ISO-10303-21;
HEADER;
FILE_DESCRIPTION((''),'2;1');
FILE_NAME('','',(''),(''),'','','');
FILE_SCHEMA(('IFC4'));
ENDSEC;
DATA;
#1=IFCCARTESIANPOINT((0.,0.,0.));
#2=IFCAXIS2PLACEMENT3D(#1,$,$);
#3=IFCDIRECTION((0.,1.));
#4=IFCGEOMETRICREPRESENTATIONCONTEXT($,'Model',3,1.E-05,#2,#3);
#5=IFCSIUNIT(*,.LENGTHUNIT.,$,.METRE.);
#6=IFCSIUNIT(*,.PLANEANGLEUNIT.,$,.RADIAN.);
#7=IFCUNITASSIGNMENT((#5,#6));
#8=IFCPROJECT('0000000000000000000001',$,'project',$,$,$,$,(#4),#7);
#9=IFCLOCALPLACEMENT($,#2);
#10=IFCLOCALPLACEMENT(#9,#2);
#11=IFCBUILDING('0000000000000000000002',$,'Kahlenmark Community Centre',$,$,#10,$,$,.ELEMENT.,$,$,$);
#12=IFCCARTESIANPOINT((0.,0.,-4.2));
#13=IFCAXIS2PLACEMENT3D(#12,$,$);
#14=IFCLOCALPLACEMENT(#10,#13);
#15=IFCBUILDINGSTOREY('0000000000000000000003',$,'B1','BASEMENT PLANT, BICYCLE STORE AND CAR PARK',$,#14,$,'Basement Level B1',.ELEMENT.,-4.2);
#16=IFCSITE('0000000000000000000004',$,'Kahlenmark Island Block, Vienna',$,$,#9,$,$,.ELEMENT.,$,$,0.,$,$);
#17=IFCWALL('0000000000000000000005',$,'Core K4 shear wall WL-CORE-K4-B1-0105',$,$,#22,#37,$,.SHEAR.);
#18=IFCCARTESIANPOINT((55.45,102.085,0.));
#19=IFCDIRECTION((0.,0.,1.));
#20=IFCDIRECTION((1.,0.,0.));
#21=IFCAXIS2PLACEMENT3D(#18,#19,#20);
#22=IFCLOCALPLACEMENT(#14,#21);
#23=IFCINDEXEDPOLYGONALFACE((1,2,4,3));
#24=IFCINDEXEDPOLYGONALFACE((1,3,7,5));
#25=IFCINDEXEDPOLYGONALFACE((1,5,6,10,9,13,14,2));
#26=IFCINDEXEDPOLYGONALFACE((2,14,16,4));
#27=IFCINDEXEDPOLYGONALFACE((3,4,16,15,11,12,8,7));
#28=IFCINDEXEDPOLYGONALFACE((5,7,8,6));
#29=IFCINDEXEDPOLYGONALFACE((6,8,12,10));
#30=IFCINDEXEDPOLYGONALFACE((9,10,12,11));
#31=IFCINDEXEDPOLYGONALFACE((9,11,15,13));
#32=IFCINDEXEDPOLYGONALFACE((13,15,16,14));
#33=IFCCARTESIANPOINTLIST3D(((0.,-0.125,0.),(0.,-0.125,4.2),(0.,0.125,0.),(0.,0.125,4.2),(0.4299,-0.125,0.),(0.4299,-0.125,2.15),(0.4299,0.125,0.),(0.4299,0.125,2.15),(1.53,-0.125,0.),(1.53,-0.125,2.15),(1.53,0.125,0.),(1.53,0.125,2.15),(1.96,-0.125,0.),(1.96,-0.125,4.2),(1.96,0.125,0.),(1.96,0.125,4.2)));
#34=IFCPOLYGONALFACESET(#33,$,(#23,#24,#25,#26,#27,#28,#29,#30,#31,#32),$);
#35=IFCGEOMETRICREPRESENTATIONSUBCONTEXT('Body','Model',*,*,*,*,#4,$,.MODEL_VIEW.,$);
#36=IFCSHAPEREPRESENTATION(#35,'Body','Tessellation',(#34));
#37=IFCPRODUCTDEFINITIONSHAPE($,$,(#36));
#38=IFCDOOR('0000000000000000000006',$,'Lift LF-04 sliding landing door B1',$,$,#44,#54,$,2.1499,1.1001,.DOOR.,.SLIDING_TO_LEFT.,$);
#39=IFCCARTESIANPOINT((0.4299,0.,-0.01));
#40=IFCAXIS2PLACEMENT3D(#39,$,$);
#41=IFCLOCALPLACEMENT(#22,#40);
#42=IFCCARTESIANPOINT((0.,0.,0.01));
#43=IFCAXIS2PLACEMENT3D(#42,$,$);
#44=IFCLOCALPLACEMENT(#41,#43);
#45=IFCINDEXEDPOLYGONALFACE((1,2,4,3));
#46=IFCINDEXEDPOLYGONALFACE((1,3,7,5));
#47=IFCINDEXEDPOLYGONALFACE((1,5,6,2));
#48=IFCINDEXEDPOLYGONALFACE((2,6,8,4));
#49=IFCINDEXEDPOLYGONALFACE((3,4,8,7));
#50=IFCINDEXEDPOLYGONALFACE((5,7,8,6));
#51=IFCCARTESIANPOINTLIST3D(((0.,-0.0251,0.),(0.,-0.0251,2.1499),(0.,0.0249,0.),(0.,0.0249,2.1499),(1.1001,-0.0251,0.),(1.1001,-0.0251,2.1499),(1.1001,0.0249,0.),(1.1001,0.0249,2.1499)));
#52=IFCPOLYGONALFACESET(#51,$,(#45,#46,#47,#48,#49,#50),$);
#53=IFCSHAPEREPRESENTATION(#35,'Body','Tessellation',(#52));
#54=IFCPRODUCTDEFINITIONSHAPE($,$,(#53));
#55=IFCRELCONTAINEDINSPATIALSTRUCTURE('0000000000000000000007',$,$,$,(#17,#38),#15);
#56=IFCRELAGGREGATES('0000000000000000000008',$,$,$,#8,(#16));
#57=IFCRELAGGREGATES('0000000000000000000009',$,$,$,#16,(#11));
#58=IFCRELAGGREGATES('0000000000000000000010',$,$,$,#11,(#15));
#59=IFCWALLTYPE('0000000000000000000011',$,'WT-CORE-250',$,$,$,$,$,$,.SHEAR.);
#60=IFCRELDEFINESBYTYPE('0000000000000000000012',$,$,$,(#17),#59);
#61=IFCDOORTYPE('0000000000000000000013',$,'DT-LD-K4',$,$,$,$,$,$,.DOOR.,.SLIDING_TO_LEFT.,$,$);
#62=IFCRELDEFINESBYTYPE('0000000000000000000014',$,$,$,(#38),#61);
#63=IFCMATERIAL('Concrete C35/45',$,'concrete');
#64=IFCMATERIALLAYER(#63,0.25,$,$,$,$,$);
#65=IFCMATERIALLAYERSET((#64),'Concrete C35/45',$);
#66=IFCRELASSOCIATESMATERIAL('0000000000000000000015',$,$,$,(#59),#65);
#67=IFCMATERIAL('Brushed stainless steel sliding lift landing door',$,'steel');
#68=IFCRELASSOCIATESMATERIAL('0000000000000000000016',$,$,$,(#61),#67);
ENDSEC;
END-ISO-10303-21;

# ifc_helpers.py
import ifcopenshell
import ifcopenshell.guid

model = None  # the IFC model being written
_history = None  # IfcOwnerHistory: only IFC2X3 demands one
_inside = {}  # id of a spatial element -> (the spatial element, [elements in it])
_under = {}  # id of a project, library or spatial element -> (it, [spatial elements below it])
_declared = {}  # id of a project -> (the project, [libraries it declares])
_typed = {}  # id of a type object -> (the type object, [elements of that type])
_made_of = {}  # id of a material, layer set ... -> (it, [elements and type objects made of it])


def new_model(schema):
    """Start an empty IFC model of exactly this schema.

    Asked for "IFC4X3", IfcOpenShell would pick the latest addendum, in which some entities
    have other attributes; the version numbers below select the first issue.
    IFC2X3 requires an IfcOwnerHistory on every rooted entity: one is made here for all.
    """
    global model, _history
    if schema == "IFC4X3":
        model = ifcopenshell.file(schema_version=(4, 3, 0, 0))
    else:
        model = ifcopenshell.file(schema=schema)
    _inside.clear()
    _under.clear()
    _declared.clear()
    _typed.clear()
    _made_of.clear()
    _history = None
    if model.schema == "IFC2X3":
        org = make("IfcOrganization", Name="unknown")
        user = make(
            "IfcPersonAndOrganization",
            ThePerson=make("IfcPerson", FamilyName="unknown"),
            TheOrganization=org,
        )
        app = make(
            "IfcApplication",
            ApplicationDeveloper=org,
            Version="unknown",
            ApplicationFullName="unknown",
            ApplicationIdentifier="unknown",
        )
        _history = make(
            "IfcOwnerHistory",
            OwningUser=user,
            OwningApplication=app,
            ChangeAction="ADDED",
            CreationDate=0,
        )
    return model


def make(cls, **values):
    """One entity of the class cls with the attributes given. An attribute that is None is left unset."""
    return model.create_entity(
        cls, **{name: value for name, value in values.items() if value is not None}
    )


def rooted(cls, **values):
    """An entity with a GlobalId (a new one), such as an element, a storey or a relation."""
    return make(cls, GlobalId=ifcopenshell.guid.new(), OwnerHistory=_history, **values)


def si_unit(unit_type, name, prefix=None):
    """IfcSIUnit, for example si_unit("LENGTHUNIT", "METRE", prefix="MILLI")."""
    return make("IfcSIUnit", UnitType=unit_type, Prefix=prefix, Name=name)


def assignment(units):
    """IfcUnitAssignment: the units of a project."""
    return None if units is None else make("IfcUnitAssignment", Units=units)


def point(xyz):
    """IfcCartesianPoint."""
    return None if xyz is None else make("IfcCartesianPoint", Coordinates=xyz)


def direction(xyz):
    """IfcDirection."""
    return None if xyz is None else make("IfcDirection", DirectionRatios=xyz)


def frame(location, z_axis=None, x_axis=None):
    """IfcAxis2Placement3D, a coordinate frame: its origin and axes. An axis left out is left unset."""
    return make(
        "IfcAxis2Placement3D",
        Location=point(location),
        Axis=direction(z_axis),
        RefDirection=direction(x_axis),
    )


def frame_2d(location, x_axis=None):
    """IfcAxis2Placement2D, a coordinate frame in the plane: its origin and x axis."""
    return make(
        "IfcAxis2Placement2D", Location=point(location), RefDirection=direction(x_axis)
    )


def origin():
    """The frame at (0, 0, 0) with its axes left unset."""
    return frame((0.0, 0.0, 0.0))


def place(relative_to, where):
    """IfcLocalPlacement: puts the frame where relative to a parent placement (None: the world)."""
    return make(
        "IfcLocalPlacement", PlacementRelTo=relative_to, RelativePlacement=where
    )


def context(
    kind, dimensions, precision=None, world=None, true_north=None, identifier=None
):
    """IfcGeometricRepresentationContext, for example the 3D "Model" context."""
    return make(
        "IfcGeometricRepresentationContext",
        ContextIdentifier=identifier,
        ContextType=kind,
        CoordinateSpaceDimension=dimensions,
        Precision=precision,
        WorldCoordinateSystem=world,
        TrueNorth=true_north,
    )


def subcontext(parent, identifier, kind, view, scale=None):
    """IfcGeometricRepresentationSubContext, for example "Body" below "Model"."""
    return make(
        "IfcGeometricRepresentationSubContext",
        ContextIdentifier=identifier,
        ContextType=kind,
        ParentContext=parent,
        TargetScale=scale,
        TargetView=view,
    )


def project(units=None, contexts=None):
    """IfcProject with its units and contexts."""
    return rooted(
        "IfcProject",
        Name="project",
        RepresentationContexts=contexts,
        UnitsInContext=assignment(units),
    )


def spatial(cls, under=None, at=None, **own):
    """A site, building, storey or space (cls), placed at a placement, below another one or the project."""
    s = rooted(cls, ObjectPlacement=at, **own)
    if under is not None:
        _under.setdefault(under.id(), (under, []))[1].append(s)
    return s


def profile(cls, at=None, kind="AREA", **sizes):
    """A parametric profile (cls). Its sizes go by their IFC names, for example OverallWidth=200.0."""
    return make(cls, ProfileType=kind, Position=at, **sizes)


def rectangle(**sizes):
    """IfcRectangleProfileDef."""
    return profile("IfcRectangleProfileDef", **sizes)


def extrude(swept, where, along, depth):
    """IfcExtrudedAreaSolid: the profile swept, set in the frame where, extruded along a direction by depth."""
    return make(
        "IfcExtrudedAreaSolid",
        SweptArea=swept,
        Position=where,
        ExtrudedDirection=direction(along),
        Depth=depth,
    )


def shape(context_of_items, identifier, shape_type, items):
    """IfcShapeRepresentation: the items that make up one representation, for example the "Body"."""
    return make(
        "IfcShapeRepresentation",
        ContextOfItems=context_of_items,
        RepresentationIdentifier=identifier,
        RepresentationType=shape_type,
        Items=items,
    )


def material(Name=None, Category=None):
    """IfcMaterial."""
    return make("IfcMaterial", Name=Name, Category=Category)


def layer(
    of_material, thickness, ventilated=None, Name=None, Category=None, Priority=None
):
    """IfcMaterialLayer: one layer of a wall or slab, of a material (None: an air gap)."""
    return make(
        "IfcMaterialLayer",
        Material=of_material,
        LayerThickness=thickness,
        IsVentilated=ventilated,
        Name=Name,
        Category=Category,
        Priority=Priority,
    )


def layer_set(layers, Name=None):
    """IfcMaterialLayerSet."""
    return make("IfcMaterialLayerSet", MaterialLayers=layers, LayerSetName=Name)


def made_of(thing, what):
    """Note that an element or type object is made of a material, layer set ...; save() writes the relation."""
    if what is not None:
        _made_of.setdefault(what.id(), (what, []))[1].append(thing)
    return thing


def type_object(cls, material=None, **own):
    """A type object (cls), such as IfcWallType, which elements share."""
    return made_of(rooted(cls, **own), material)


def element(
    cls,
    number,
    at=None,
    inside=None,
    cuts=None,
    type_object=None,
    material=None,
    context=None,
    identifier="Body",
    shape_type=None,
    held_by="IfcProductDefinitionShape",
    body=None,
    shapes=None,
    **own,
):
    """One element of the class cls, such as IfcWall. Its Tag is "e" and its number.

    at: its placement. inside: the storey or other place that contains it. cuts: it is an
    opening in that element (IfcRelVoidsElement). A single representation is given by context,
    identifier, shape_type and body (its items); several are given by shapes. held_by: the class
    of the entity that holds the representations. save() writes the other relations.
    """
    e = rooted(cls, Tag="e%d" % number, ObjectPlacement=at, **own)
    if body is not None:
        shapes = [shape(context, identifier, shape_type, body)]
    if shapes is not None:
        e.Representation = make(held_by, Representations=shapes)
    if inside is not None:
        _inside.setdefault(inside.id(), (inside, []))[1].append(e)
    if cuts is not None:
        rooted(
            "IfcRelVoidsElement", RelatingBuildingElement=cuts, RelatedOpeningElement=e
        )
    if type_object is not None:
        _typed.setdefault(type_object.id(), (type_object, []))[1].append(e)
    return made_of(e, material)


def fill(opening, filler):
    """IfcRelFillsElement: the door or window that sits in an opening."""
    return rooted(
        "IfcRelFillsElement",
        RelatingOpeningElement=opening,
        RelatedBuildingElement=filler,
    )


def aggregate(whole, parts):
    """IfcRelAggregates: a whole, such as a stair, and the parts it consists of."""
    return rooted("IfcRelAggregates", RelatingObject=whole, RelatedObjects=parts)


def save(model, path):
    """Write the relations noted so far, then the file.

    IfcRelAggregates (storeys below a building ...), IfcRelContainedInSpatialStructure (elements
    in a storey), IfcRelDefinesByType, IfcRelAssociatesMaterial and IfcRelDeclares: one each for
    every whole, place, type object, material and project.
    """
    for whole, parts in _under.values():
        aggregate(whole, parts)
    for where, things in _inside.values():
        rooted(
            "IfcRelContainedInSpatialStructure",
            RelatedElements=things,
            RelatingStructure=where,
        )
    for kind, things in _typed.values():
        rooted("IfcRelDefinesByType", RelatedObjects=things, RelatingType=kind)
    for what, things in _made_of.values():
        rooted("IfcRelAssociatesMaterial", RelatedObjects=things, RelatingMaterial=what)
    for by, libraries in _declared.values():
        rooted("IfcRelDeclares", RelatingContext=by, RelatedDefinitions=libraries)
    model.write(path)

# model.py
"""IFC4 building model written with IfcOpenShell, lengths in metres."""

from ifc_helpers import new_model, si_unit, direction, frame, frame_2d, origin, place, context, subcontext, project, spatial, rectangle, extrude, material, layer, layer_set, type_object, element, fill, save


model = new_model("IFC4")

# Units and contexts
model_context = context("Model", 3, precision=1e-05, world=origin(), true_north=direction((0.0, 1.0)))
body_context = subcontext(model_context, "Body", "Model", "MODEL_VIEW")
ifc_project = project(units=[si_unit("LENGTHUNIT", "METRE"), si_unit("PLANEANGLEUNIT", "RADIAN")], contexts=[model_context])

# Site, building, storey
site_placement = place(None, origin())
site = spatial("IfcSite", under=ifc_project, at=site_placement, Name="Kahlenmark Island Block, Vienna", CompositionType="ELEMENT", RefElevation=0.0)
building_placement = place(site_placement, origin())
building = spatial("IfcBuilding", under=site, at=building_placement, Name="Kahlenmark Community Centre", CompositionType="ELEMENT")
storey_placement = place(building_placement, frame((0.0, 0.0, -4.2)))
storey = spatial("IfcBuildingStorey", under=building, at=storey_placement, Name="B1", Description="BASEMENT PLANT, BICYCLE STORE AND CAR PARK", LongName="Basement Level B1", CompositionType="ELEMENT", Elevation=-4.2)

# Shared definitions
ifc_material_1 = material(Name="Concrete C35/45", Category="concrete")
ifc_layer_1 = layer(ifc_material_1, 0.25)
ifc_layer_set_1 = layer_set([ifc_layer_1], Name="Concrete C35/45")
wall_type_1 = type_object("IfcWallType", Name="WT-CORE-250", PredefinedType="SHEAR", material=ifc_layer_set_1)

# Wall, opening, door
wall_1_placement = place(storey_placement, frame((55.45, 102.085, 0.0), z_axis=(0.0, 0.0, 1.0), x_axis=(1.0, 0.0, 0.0)))
wall_1 = element("IfcWall", 1, at=wall_1_placement, inside=storey, type_object=wall_type_1, Name="Core K4 shear wall WL-CORE-K4-B1-0105", PredefinedType="SHEAR", context=body_context, shape_type="SweptSolid", body=[
    extrude(rectangle(XDim=1.96, YDim=0.25, at=frame_2d((0.98, 0.0))), origin(), (0.0, 0.0, 1.0), 4.2),
])
opening_1_placement = place(wall_1_placement, frame((0.4299, 0.0, -0.01)))
opening_1 = element("IfcOpeningElement", 2, at=opening_1_placement, cuts=wall_1, PredefinedType="OPENING", context=body_context, shape_type="SweptSolid", body=[
    extrude(rectangle(XDim=1.1001, YDim=2.1599, at=frame_2d((0.55, 1.0801))), frame((0.0, 0.135, 0.0), z_axis=(0.0, -1.0, 0.0), x_axis=(1.0, 0.0, 0.0)), (0.0, 0.0, 1.0), 0.27),
])
ifc_material_2 = material(Name="Brushed stainless steel sliding lift landing door", Category="steel")
door_type_1 = type_object("IfcDoorType", Name="DT-LD-K4", OperationType="SLIDING_TO_LEFT", PredefinedType="DOOR", material=ifc_material_2)
door_1_placement = place(opening_1_placement, frame((0.0, 0.0, 0.01)))
door_1 = element("IfcDoor", 3, at=door_1_placement, inside=storey, type_object=door_type_1, Name="Lift LF-04 sliding landing door B1", OperationType="SLIDING_TO_LEFT", OverallHeight=2.1499, OverallWidth=1.1001, PredefinedType="DOOR", context=body_context, shape_type="SweptSolid", body=[
    extrude(rectangle(XDim=1.1001, YDim=2.1499, at=frame_2d((0.55, 1.075))), frame((0.0, 0.0249, 0.0), z_axis=(0.0, -1.0, 0.0), x_axis=(1.0, 0.0, 0.0)), (0.0, 0.0, 1.0), 0.05),
])
fill(opening_1, door_1)

save(model, "model.ifc")
